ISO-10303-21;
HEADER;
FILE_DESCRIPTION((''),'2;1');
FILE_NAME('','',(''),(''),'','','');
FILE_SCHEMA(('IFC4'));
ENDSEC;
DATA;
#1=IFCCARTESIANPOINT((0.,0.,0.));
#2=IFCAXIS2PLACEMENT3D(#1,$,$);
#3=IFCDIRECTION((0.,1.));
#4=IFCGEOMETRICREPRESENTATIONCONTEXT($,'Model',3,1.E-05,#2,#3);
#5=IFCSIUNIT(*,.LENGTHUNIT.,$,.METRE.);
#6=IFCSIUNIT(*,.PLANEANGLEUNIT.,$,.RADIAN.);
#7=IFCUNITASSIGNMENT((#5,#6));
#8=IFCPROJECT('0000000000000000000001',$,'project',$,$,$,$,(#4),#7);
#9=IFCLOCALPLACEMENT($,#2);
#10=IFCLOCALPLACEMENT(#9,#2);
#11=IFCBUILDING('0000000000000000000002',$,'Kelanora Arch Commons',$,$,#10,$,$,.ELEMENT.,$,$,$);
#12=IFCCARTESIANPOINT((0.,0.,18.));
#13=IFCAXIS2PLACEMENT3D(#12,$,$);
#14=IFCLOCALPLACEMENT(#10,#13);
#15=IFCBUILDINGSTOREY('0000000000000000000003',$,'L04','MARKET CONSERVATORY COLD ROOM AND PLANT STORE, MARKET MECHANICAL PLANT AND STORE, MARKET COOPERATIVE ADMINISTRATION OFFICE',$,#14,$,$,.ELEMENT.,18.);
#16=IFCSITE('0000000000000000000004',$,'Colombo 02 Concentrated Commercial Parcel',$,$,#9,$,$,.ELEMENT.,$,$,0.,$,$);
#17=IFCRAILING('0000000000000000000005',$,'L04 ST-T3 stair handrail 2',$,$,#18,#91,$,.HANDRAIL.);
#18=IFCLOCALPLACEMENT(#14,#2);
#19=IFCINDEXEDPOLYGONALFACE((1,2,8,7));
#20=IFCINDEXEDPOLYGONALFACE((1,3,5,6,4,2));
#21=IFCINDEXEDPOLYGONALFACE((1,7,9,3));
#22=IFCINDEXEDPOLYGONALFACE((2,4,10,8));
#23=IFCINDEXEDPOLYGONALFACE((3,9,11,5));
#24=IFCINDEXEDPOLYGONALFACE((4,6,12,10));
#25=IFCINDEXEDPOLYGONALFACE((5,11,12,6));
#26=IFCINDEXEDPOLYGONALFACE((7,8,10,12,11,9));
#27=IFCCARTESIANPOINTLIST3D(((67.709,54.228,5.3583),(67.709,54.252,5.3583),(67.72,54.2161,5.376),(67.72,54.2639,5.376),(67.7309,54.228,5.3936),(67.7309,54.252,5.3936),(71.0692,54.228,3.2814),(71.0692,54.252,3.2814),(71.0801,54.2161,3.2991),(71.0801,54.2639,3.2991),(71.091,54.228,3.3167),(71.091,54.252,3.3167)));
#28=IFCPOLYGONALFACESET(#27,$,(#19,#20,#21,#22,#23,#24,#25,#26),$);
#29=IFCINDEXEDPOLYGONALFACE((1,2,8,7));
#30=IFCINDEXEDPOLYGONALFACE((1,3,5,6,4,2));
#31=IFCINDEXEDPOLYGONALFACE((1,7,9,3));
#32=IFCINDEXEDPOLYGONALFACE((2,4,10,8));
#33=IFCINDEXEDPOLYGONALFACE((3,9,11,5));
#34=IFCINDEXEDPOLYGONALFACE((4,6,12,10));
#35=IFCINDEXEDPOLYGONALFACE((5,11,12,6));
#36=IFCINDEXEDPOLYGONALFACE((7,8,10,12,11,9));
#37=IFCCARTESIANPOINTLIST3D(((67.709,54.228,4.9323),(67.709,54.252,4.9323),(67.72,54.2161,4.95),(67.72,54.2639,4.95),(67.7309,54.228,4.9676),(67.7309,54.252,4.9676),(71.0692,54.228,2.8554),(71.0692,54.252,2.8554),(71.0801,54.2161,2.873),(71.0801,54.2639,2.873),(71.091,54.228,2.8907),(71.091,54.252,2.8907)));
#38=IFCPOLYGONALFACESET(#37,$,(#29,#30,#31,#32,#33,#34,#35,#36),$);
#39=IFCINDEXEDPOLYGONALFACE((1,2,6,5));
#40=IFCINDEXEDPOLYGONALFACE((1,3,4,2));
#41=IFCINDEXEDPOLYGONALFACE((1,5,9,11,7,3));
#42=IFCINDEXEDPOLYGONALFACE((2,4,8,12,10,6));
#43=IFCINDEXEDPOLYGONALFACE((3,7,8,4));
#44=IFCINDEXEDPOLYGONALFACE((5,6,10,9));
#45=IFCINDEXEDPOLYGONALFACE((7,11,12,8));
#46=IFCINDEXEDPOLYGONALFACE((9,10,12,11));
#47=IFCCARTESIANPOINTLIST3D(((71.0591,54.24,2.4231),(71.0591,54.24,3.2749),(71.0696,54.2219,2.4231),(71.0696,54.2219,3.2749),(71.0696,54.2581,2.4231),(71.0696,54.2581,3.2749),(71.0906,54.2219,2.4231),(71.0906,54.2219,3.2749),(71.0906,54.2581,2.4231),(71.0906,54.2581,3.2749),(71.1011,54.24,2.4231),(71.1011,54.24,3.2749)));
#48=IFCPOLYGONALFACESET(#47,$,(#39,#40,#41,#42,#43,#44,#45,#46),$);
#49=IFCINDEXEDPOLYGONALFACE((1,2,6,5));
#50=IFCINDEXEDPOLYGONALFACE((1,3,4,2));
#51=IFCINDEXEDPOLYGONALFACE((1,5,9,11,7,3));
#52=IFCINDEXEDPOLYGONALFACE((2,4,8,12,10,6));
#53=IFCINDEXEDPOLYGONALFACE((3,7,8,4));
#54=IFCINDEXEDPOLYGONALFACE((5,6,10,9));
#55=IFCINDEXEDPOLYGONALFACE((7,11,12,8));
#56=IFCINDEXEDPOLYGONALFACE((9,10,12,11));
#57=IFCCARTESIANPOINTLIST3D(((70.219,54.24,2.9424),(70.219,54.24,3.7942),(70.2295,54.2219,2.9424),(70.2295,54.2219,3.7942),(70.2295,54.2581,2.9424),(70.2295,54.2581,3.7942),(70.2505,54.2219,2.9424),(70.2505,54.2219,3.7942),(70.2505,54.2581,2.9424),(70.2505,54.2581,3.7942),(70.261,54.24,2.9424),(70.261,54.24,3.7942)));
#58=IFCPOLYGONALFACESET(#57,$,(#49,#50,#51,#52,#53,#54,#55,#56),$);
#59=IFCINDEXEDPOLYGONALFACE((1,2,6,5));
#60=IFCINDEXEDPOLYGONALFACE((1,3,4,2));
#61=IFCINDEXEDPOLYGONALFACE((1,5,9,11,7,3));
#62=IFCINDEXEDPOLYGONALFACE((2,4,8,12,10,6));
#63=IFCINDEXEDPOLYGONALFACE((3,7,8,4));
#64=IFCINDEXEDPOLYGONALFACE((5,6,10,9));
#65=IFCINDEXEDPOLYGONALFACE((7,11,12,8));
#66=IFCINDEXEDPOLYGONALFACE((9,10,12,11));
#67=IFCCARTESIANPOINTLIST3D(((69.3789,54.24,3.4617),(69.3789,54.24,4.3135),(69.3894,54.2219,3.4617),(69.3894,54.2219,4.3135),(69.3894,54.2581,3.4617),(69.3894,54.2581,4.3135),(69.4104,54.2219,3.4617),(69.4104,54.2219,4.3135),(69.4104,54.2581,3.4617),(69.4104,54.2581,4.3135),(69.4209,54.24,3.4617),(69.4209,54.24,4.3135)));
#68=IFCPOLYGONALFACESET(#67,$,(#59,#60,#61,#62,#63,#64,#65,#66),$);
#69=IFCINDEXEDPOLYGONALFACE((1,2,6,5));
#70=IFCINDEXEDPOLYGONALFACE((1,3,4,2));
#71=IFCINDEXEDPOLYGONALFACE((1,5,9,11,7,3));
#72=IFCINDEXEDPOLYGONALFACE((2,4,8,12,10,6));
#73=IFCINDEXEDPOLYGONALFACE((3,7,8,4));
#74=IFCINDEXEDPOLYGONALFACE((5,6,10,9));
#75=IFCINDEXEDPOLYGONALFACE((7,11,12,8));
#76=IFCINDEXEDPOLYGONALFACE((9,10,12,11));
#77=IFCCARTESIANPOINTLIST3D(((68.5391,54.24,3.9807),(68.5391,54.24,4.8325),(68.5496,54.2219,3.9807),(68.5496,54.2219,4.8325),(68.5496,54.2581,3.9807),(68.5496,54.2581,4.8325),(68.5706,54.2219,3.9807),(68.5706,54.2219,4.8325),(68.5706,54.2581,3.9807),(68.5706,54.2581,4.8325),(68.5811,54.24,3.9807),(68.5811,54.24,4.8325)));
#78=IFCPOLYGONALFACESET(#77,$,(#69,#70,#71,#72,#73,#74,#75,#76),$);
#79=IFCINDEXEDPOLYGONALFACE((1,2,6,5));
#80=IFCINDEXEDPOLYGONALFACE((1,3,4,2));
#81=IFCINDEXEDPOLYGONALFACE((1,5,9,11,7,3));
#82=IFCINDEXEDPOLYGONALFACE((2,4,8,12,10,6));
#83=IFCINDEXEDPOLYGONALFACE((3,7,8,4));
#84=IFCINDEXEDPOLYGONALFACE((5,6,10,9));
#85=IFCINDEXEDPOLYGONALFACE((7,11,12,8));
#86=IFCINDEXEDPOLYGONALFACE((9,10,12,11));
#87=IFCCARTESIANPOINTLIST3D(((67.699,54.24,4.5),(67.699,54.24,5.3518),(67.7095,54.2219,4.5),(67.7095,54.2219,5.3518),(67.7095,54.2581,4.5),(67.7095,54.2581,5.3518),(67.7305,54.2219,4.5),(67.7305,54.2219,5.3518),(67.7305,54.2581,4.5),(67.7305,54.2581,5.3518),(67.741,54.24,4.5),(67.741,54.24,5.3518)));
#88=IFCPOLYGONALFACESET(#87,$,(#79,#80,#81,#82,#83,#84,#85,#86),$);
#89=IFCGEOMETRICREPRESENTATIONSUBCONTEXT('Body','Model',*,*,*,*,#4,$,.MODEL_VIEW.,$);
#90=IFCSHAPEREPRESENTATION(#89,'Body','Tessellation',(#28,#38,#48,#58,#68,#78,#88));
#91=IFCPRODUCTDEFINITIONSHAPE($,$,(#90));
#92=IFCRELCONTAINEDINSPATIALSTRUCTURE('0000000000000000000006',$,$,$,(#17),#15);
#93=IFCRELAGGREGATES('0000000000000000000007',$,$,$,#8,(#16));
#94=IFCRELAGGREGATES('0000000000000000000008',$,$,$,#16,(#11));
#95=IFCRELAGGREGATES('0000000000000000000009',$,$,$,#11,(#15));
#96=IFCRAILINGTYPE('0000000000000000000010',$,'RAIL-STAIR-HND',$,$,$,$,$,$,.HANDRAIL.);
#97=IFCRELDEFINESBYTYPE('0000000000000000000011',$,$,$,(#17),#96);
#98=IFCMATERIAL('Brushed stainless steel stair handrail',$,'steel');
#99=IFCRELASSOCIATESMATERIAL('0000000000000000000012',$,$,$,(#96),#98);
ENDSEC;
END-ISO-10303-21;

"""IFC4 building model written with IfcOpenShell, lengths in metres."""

from ifc_helpers import new_model, si_unit, direction, frame, origin, place, context, subcontext, project, spatial, polyline, outline, extrude, material, type_object, element, save


model = new_model("IFC4")

# Units and contexts
model_context = context("Model", 3, precision=1e-05, world=origin(), true_north=direction((0.0, 1.0)))
body_context = subcontext(model_context, "Body", "Model", "MODEL_VIEW")
ifc_project = project(units=[si_unit("LENGTHUNIT", "METRE"), si_unit("PLANEANGLEUNIT", "RADIAN")], contexts=[model_context])

# Site, building, storey
site_placement = place(None, origin())
site = spatial("IfcSite", under=ifc_project, at=site_placement, Name="Colombo 02 Concentrated Commercial Parcel", CompositionType="ELEMENT", RefElevation=0.0)
building_placement = place(site_placement, origin())
building = spatial("IfcBuilding", under=site, at=building_placement, Name="Kelanora Arch Commons", CompositionType="ELEMENT")
storey_placement = place(building_placement, frame((0.0, 0.0, 18.0)))
storey = spatial("IfcBuildingStorey", under=building, at=storey_placement, Name="L04", Description="MARKET CONSERVATORY COLD ROOM AND PLANT STORE, MARKET MECHANICAL PLANT AND STORE, MARKET COOPERATIVE ADMINISTRATION OFFICE", CompositionType="ELEMENT", Elevation=18.0)

# Railing
ifc_material_1 = material(Name="Brushed stainless steel stair handrail", Category="steel")
railing_type_1 = type_object("IfcRailingType", Name="RAIL-STAIR-HND", PredefinedType="HANDRAIL", material=ifc_material_1)
railing_1_placement = place(storey_placement, frame((71.0801, 54.24, 2.4231)))
element("IfcRailing", 1, at=railing_1_placement, inside=storey, type_object=railing_type_1, Name="L04 ST-T3 stair handrail 2", PredefinedType="HANDRAIL", context=body_context, shape_type="SweptSolid", body=[
    extrude(outline(polyline([(0.0239, 0.0), (0.012, 0.0208), (-0.012, 0.0208), (-0.0239, 0.0), (-0.012, -0.0208), (0.012, -0.0208), (0.0239, 0.0)])), frame((0.0, 0.0, 0.876), z_axis=(-0.850623, 0.0, 0.525776), x_axis=(0.0, -1.0, 0.0)), (0.0, 0.0, 1.0), 3.9502),
    extrude(outline(polyline([(0.0239, 0.0), (0.012, 0.0208), (-0.012, 0.0208), (-0.0239, 0.0), (-0.012, -0.0208), (0.012, -0.0208), (0.0239, 0.0)])), frame((0.0, 0.0, 0.45), z_axis=(-0.850623, 0.0, 0.525776), x_axis=(0.0, -1.0, 0.0)), (0.0, 0.0, 1.0), 3.9502),
    extrude(outline(polyline([(0.021, 0.0), (0.0105, 0.0181), (-0.0105, 0.0181), (-0.021, 0.0), (-0.0105, -0.0181), (0.0105, -0.0181), (0.021, 0.0)])), origin(), (0.0, 0.0, 1.0), 0.8518),
    extrude(outline(polyline([(0.021, 0.0), (0.0105, 0.0181), (-0.0105, 0.0181), (-0.021, 0.0), (-0.0105, -0.0181), (0.0105, -0.0181), (0.021, 0.0)])), frame((-0.8401, 0.0, 0.5193)), (0.0, 0.0, 1.0), 0.8518),
    extrude(outline(polyline([(0.021, 0.0), (0.0105, 0.0181), (-0.0105, 0.0181), (-0.021, 0.0), (-0.0105, -0.0181), (0.0105, -0.0181), (0.021, 0.0)])), frame((-1.6802, 0.0, 1.0386)), (0.0, 0.0, 1.0), 0.8518),
    extrude(outline(polyline([(0.021, 0.0), (0.0105, 0.0181), (-0.0105, 0.0181), (-0.021, 0.0), (-0.0105, -0.0181), (0.0105, -0.0181), (0.021, 0.0)])), frame((-2.52, 0.0, 1.5576)), (0.0, 0.0, 1.0), 0.8518),
    extrude(outline(polyline([(0.021, 0.0), (0.0105, 0.0181), (-0.0105, 0.0181), (-0.021, 0.0), (-0.0105, -0.0181), (0.0105, -0.0181), (0.021, 0.0)])), frame((-3.3601, 0.0, 2.0769)), (0.0, 0.0, 1.0), 0.8518),
])

save(model, "model.ifc")
